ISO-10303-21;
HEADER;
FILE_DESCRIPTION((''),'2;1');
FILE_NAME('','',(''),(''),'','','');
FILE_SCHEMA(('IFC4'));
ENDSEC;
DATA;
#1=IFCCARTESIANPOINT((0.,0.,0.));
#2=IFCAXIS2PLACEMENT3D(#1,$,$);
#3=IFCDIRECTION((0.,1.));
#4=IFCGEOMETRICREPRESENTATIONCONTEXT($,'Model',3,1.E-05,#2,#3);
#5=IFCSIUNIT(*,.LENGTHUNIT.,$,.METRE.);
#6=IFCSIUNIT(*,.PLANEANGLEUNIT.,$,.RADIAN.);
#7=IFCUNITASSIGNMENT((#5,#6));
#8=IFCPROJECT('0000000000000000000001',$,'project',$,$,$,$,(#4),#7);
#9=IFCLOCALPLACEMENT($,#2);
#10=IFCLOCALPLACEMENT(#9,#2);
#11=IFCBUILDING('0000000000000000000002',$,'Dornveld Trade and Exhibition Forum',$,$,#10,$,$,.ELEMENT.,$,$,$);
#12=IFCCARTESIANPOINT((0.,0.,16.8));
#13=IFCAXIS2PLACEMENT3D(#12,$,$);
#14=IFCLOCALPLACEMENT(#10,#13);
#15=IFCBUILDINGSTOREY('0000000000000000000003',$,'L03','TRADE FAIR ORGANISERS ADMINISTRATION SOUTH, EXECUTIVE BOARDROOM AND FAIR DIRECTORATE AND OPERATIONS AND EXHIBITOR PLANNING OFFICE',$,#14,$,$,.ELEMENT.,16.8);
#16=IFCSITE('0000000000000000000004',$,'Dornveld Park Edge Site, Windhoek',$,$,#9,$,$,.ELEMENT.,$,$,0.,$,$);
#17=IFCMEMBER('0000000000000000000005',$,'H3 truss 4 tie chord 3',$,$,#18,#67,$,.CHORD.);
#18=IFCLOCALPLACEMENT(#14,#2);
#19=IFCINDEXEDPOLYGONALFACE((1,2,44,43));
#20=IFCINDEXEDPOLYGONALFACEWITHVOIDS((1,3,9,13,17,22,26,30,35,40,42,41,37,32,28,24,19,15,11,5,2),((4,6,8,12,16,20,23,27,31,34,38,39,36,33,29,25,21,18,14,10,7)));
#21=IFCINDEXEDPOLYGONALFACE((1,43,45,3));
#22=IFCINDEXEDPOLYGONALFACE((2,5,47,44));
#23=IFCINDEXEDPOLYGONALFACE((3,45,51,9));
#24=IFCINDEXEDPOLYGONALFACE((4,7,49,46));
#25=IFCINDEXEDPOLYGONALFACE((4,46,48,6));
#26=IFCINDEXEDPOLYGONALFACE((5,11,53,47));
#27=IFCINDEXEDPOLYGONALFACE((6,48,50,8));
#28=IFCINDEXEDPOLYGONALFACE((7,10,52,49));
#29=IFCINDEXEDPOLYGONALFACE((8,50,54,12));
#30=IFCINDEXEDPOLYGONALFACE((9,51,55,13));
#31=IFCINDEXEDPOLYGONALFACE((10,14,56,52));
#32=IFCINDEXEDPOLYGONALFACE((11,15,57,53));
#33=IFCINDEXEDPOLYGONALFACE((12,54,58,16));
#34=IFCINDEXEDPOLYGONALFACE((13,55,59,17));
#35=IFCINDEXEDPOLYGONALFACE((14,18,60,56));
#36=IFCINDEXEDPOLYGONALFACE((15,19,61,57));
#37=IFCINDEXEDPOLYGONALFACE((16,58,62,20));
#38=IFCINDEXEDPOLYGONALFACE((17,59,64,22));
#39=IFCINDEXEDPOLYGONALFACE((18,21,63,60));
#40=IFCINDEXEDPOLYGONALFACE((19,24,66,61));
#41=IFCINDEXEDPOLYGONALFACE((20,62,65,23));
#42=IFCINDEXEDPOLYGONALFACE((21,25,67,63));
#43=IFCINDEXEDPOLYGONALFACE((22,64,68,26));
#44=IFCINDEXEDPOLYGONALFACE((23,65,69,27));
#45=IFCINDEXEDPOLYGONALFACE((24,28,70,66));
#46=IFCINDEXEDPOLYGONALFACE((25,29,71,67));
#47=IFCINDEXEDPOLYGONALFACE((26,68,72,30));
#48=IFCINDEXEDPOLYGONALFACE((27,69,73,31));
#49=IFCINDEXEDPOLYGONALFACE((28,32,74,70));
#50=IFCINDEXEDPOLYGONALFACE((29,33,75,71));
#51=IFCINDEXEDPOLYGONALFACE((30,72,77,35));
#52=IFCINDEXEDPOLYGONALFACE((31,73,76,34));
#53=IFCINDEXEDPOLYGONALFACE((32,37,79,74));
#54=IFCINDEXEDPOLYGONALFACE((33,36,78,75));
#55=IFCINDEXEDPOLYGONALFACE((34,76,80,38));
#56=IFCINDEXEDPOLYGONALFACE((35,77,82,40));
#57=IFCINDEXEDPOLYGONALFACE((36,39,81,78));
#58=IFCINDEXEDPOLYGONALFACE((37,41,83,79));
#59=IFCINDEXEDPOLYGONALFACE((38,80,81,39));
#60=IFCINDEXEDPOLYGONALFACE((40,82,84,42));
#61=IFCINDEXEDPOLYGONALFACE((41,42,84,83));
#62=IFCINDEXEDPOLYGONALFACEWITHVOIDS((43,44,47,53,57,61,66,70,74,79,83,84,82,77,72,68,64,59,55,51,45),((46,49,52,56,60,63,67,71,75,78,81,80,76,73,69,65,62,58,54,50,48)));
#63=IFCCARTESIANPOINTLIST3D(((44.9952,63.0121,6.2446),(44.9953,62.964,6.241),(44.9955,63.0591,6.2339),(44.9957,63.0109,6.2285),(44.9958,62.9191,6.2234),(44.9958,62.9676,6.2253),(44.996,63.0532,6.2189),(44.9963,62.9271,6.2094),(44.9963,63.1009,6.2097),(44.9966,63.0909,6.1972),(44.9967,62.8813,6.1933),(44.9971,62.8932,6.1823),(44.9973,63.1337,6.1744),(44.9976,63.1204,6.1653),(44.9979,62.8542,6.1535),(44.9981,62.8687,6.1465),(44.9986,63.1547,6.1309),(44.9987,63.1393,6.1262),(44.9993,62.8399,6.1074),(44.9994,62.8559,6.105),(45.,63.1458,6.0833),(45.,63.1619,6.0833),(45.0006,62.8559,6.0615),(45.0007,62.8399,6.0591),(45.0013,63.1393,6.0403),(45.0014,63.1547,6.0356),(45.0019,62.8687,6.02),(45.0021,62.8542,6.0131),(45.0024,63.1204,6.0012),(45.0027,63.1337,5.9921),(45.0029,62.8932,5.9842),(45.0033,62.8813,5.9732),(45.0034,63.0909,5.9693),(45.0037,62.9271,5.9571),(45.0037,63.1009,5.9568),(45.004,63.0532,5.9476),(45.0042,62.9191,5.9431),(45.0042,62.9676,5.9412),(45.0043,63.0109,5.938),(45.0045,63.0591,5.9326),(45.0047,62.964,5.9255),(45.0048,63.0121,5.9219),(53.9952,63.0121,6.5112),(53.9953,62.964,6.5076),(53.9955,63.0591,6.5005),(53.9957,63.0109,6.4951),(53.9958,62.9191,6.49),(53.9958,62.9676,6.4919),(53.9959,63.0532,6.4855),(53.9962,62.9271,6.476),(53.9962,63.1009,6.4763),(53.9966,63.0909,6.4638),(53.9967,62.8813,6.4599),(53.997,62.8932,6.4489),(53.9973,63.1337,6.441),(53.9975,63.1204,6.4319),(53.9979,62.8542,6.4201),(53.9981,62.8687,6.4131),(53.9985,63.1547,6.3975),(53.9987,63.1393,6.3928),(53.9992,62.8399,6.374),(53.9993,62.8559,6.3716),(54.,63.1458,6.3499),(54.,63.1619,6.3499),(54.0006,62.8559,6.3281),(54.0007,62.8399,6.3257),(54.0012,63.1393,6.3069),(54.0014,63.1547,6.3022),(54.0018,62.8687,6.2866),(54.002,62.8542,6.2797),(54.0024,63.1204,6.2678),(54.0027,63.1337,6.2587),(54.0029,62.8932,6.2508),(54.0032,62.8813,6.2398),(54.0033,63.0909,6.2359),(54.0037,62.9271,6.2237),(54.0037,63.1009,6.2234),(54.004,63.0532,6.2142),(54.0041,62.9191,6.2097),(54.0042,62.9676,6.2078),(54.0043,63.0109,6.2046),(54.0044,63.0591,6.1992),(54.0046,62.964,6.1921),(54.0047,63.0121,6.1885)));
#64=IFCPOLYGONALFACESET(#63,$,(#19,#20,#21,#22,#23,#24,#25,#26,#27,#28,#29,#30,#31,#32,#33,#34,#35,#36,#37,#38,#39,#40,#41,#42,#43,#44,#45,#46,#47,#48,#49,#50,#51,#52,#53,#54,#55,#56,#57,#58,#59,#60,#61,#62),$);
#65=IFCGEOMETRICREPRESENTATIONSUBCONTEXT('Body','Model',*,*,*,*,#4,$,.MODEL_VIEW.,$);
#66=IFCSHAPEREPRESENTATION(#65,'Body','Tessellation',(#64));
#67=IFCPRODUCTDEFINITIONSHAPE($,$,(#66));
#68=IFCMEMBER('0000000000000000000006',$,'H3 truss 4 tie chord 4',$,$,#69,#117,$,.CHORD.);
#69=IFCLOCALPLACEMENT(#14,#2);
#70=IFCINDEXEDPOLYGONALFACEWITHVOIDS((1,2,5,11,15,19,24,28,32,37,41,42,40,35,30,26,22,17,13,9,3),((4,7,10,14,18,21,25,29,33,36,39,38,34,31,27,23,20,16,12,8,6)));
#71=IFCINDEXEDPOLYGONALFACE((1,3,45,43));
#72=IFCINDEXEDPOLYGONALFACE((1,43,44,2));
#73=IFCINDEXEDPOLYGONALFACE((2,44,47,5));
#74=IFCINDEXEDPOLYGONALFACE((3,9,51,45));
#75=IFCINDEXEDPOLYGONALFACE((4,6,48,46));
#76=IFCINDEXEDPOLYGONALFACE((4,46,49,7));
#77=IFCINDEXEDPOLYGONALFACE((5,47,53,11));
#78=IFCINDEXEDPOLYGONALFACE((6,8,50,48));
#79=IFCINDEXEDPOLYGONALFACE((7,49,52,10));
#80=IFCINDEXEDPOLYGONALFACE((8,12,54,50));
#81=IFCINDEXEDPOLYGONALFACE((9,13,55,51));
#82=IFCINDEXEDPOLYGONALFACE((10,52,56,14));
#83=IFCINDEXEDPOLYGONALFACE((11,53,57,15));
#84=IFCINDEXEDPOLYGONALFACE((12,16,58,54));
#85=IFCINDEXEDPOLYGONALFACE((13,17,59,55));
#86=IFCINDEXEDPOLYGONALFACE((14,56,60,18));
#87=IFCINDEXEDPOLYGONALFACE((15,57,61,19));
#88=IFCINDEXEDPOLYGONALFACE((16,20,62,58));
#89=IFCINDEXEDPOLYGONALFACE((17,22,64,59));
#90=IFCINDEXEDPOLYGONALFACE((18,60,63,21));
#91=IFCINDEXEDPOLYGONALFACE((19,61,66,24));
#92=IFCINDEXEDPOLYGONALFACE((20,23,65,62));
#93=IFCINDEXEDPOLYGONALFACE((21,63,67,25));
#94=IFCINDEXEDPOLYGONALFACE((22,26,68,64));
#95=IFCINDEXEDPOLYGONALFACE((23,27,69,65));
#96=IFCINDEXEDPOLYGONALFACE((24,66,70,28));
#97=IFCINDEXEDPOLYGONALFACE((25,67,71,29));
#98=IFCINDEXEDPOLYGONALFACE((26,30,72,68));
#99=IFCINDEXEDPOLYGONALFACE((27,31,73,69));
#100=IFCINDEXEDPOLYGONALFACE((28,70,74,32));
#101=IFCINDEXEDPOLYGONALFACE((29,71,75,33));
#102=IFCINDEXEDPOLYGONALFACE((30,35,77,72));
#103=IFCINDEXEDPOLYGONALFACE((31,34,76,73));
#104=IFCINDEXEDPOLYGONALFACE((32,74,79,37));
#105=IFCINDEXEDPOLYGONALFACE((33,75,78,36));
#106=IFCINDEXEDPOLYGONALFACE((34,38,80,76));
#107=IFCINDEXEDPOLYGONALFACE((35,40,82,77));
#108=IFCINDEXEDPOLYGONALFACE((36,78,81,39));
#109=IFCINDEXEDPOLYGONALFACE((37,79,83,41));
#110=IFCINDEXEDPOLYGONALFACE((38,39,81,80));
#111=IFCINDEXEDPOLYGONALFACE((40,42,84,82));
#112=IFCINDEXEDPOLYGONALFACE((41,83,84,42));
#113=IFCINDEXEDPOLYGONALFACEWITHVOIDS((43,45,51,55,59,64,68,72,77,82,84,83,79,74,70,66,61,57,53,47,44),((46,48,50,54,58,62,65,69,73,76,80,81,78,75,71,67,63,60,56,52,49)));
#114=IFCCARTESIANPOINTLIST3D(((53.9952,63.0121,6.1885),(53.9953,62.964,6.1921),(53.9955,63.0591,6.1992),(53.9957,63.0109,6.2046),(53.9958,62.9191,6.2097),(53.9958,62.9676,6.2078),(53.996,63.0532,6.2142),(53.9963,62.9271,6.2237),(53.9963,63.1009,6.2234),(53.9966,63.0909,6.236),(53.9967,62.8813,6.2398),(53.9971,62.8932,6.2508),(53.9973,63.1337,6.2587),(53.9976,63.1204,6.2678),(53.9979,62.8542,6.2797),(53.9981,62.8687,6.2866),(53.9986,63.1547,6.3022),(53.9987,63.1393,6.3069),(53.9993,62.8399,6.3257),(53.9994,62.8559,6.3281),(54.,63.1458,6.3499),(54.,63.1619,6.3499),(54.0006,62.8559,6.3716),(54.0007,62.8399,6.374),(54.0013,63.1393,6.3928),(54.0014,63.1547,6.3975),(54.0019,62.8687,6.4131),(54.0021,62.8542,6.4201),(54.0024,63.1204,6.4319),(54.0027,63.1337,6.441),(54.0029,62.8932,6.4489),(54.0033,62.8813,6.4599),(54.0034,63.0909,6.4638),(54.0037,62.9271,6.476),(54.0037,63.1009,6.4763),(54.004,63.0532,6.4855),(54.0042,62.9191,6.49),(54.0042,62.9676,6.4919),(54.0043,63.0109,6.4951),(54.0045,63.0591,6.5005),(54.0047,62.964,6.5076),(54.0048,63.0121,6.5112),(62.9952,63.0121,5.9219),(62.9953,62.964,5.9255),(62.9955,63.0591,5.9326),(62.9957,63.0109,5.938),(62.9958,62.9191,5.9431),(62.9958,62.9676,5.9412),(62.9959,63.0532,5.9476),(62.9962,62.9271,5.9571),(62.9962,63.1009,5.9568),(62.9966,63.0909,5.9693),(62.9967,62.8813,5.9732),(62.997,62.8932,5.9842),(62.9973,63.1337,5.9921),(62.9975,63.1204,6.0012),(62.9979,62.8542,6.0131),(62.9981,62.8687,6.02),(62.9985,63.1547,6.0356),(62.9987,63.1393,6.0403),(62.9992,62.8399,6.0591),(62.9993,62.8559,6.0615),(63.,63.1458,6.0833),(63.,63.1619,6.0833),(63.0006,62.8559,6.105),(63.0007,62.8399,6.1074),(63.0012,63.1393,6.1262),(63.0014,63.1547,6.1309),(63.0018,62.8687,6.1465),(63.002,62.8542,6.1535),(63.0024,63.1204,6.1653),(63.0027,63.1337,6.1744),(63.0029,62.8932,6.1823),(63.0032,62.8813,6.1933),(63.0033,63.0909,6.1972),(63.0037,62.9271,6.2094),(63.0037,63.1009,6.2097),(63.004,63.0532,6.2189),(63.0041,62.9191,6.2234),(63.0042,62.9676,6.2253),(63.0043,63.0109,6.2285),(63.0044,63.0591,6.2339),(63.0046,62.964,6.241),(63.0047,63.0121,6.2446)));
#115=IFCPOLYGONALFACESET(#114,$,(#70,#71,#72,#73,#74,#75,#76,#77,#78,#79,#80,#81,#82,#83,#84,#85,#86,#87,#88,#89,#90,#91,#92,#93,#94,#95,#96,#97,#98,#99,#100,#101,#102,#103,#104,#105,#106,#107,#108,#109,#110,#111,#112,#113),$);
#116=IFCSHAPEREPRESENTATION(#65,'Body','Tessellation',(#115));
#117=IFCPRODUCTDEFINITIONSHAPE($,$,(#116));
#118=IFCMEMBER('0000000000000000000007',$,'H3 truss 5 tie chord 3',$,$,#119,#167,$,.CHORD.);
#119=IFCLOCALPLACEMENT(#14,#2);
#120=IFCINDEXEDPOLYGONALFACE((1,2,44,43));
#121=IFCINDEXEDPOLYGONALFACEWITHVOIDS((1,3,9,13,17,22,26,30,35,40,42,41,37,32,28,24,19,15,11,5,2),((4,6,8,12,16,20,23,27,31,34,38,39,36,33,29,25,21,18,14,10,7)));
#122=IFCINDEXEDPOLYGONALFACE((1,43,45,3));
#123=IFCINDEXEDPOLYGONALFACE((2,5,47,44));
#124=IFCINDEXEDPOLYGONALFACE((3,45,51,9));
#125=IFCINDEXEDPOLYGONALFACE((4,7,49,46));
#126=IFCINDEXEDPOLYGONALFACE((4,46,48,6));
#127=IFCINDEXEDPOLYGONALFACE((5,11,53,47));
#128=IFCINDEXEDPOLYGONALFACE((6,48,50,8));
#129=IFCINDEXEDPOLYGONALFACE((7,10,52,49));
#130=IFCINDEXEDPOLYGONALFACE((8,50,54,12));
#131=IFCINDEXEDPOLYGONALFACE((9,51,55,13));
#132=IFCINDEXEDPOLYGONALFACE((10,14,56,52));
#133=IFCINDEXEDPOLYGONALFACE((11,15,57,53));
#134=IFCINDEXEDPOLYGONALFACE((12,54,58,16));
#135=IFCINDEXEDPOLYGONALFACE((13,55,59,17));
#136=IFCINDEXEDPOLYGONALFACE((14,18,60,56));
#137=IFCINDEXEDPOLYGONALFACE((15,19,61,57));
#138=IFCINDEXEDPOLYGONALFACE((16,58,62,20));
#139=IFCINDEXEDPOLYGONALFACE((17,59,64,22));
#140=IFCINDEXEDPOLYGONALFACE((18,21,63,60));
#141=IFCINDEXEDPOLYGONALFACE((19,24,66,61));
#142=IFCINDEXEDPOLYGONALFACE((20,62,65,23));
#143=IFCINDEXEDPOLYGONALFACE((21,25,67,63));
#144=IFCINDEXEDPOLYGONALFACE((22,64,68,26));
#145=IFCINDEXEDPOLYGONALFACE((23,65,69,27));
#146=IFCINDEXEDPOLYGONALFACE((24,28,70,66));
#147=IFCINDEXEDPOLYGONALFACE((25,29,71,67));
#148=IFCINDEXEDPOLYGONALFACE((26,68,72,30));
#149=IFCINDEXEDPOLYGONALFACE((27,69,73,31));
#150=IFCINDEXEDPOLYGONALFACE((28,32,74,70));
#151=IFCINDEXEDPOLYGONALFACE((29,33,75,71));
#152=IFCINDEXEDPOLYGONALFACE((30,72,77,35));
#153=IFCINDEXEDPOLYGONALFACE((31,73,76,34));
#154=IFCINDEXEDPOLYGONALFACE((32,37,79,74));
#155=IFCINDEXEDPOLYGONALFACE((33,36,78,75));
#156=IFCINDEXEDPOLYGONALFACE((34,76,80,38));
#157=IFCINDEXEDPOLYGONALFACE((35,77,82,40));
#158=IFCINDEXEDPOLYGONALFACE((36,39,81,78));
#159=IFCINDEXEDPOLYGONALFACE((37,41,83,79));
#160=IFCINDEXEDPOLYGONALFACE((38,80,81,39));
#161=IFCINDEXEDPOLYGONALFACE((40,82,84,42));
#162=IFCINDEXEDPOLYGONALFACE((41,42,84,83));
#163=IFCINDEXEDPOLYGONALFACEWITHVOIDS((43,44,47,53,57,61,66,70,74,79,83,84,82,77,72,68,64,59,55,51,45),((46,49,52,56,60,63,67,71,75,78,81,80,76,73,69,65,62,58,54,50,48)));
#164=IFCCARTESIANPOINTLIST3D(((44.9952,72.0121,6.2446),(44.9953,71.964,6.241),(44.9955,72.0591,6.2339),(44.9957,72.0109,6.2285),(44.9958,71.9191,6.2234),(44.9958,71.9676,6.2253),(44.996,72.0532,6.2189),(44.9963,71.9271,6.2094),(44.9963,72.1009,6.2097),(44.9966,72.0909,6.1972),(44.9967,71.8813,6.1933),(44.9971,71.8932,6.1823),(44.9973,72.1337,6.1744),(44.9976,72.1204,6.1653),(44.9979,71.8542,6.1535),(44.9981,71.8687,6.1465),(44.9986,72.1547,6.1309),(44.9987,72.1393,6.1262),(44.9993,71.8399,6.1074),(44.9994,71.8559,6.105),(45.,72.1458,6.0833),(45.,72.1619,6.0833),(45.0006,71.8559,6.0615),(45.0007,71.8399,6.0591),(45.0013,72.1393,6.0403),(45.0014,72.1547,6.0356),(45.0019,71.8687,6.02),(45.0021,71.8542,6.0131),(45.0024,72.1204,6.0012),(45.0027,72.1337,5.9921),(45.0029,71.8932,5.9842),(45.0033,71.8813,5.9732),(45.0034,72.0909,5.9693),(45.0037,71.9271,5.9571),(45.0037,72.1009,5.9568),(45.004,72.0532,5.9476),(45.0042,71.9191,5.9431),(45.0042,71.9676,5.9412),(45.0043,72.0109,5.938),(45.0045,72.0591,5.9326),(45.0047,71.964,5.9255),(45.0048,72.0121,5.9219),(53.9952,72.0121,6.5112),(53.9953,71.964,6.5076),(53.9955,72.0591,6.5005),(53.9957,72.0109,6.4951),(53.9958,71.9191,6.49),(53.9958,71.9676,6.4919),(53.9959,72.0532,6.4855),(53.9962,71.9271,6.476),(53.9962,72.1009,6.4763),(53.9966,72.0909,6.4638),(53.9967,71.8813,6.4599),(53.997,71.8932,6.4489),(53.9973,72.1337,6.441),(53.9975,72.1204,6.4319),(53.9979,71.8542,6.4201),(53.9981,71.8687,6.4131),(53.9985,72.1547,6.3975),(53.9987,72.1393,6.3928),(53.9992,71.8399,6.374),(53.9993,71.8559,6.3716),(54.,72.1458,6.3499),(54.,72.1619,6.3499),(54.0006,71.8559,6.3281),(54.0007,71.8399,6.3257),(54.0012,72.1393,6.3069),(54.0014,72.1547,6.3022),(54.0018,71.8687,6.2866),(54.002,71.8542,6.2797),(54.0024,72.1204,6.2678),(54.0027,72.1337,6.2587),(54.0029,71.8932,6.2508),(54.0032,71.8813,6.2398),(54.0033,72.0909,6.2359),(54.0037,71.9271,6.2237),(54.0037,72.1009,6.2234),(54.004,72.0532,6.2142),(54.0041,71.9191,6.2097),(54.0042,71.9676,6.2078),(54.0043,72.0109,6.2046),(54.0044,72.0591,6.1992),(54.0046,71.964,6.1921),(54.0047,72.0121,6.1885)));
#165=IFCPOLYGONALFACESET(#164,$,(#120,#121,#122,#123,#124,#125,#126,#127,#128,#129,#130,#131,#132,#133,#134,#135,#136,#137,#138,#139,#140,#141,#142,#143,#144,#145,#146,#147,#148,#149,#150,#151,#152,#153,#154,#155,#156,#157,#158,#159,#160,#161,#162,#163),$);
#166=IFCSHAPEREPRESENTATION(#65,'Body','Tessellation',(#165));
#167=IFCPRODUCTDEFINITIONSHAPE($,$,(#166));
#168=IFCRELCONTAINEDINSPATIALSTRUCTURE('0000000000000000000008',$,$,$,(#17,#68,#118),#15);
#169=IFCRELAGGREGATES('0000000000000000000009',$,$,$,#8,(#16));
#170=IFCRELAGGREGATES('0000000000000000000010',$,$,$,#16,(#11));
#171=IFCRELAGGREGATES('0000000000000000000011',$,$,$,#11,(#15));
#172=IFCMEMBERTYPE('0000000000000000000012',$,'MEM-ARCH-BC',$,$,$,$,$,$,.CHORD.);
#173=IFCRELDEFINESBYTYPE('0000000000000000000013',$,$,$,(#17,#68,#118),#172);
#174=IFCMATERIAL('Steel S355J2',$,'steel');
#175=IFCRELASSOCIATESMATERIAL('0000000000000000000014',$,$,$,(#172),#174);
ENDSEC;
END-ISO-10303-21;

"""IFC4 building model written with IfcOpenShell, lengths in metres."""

from ifc_helpers import new_model, si_unit, direction, frame, origin, origin_2d, place, context, subcontext, project, spatial, hollow_circle, extrude, material, material_profile, profile_set, type_object, element, save


model = new_model("IFC4")

# Units and contexts
model_context = context("Model", 3, precision=1e-05, world=origin(), true_north=direction((0.0, 1.0)))
body_context = subcontext(model_context, "Body", "Model", "MODEL_VIEW")
ifc_project = project(units=[si_unit("LENGTHUNIT", "METRE"), si_unit("PLANEANGLEUNIT", "RADIAN")], contexts=[model_context])

# Site, building, storey
site_placement = place(None, origin())
site = spatial("IfcSite", under=ifc_project, at=site_placement, Name="Dornveld Park Edge Site, Windhoek", CompositionType="ELEMENT", RefElevation=0.0)
building_placement = place(site_placement, origin())
building = spatial("IfcBuilding", under=site, at=building_placement, Name="Dornveld Trade and Exhibition Forum", CompositionType="ELEMENT")
storey_placement = place(building_placement, frame((0.0, 0.0, 16.8)))
storey = spatial("IfcBuildingStorey", under=building, at=storey_placement, Name="L03", Description="TRADE FAIR ORGANISERS ADMINISTRATION SOUTH, EXECUTIVE BOARDROOM AND FAIR DIRECTORATE AND OPERATIONS AND EXHIBITOR PLANNING OFFICE", CompositionType="ELEMENT", Elevation=16.8)

# Members
ifc_material_1 = material(Name="Steel S355J2", Category="steel")
ifc_material_profile_1 = material_profile(ifc_material_1, hollow_circle(Radius=0.1619, WallThickness=0.0161, at=origin_2d()), Name="CHS 323.9x16")
ifc_profile_set_1 = profile_set([ifc_material_profile_1], Name="Steel S355J2")
member_type_1 = type_object("IfcMemberType", Name="MEM-ARCH-BC", PredefinedType="CHORD", material=ifc_profile_set_1)
for number, where, z_axis, x_axis, name in (
    (1, (45.0, 63.0, 6.0833), (0.999562, 0.0, 0.029609), (0.0, 1.0, 0.0), "H3 truss 4 tie chord 3"),
    (2, (54.0, 63.0, 6.3499), (0.999562, 0.0, -0.029609), (0.0, 1.0, 0.0), "H3 truss 4 tie chord 4"),
    (3, (45.0, 72.0, 6.0833), (0.999562, 0.0, 0.029609), (0.0, 1.0, 0.0), "H3 truss 5 tie chord 3"),
):
    element("IfcMember", number, at=place(storey_placement, frame(where, z_axis=z_axis, x_axis=x_axis)), inside=storey, type_object=member_type_1, Name=name, PredefinedType="CHORD", context=body_context, shape_type="SweptSolid", body=[
        extrude(hollow_circle(Radius=0.1619, WallThickness=0.0161, at=origin_2d()), origin(), (0.0, 0.0, 1.0), 9.0039),
    ])

save(model, "model.ifc")
